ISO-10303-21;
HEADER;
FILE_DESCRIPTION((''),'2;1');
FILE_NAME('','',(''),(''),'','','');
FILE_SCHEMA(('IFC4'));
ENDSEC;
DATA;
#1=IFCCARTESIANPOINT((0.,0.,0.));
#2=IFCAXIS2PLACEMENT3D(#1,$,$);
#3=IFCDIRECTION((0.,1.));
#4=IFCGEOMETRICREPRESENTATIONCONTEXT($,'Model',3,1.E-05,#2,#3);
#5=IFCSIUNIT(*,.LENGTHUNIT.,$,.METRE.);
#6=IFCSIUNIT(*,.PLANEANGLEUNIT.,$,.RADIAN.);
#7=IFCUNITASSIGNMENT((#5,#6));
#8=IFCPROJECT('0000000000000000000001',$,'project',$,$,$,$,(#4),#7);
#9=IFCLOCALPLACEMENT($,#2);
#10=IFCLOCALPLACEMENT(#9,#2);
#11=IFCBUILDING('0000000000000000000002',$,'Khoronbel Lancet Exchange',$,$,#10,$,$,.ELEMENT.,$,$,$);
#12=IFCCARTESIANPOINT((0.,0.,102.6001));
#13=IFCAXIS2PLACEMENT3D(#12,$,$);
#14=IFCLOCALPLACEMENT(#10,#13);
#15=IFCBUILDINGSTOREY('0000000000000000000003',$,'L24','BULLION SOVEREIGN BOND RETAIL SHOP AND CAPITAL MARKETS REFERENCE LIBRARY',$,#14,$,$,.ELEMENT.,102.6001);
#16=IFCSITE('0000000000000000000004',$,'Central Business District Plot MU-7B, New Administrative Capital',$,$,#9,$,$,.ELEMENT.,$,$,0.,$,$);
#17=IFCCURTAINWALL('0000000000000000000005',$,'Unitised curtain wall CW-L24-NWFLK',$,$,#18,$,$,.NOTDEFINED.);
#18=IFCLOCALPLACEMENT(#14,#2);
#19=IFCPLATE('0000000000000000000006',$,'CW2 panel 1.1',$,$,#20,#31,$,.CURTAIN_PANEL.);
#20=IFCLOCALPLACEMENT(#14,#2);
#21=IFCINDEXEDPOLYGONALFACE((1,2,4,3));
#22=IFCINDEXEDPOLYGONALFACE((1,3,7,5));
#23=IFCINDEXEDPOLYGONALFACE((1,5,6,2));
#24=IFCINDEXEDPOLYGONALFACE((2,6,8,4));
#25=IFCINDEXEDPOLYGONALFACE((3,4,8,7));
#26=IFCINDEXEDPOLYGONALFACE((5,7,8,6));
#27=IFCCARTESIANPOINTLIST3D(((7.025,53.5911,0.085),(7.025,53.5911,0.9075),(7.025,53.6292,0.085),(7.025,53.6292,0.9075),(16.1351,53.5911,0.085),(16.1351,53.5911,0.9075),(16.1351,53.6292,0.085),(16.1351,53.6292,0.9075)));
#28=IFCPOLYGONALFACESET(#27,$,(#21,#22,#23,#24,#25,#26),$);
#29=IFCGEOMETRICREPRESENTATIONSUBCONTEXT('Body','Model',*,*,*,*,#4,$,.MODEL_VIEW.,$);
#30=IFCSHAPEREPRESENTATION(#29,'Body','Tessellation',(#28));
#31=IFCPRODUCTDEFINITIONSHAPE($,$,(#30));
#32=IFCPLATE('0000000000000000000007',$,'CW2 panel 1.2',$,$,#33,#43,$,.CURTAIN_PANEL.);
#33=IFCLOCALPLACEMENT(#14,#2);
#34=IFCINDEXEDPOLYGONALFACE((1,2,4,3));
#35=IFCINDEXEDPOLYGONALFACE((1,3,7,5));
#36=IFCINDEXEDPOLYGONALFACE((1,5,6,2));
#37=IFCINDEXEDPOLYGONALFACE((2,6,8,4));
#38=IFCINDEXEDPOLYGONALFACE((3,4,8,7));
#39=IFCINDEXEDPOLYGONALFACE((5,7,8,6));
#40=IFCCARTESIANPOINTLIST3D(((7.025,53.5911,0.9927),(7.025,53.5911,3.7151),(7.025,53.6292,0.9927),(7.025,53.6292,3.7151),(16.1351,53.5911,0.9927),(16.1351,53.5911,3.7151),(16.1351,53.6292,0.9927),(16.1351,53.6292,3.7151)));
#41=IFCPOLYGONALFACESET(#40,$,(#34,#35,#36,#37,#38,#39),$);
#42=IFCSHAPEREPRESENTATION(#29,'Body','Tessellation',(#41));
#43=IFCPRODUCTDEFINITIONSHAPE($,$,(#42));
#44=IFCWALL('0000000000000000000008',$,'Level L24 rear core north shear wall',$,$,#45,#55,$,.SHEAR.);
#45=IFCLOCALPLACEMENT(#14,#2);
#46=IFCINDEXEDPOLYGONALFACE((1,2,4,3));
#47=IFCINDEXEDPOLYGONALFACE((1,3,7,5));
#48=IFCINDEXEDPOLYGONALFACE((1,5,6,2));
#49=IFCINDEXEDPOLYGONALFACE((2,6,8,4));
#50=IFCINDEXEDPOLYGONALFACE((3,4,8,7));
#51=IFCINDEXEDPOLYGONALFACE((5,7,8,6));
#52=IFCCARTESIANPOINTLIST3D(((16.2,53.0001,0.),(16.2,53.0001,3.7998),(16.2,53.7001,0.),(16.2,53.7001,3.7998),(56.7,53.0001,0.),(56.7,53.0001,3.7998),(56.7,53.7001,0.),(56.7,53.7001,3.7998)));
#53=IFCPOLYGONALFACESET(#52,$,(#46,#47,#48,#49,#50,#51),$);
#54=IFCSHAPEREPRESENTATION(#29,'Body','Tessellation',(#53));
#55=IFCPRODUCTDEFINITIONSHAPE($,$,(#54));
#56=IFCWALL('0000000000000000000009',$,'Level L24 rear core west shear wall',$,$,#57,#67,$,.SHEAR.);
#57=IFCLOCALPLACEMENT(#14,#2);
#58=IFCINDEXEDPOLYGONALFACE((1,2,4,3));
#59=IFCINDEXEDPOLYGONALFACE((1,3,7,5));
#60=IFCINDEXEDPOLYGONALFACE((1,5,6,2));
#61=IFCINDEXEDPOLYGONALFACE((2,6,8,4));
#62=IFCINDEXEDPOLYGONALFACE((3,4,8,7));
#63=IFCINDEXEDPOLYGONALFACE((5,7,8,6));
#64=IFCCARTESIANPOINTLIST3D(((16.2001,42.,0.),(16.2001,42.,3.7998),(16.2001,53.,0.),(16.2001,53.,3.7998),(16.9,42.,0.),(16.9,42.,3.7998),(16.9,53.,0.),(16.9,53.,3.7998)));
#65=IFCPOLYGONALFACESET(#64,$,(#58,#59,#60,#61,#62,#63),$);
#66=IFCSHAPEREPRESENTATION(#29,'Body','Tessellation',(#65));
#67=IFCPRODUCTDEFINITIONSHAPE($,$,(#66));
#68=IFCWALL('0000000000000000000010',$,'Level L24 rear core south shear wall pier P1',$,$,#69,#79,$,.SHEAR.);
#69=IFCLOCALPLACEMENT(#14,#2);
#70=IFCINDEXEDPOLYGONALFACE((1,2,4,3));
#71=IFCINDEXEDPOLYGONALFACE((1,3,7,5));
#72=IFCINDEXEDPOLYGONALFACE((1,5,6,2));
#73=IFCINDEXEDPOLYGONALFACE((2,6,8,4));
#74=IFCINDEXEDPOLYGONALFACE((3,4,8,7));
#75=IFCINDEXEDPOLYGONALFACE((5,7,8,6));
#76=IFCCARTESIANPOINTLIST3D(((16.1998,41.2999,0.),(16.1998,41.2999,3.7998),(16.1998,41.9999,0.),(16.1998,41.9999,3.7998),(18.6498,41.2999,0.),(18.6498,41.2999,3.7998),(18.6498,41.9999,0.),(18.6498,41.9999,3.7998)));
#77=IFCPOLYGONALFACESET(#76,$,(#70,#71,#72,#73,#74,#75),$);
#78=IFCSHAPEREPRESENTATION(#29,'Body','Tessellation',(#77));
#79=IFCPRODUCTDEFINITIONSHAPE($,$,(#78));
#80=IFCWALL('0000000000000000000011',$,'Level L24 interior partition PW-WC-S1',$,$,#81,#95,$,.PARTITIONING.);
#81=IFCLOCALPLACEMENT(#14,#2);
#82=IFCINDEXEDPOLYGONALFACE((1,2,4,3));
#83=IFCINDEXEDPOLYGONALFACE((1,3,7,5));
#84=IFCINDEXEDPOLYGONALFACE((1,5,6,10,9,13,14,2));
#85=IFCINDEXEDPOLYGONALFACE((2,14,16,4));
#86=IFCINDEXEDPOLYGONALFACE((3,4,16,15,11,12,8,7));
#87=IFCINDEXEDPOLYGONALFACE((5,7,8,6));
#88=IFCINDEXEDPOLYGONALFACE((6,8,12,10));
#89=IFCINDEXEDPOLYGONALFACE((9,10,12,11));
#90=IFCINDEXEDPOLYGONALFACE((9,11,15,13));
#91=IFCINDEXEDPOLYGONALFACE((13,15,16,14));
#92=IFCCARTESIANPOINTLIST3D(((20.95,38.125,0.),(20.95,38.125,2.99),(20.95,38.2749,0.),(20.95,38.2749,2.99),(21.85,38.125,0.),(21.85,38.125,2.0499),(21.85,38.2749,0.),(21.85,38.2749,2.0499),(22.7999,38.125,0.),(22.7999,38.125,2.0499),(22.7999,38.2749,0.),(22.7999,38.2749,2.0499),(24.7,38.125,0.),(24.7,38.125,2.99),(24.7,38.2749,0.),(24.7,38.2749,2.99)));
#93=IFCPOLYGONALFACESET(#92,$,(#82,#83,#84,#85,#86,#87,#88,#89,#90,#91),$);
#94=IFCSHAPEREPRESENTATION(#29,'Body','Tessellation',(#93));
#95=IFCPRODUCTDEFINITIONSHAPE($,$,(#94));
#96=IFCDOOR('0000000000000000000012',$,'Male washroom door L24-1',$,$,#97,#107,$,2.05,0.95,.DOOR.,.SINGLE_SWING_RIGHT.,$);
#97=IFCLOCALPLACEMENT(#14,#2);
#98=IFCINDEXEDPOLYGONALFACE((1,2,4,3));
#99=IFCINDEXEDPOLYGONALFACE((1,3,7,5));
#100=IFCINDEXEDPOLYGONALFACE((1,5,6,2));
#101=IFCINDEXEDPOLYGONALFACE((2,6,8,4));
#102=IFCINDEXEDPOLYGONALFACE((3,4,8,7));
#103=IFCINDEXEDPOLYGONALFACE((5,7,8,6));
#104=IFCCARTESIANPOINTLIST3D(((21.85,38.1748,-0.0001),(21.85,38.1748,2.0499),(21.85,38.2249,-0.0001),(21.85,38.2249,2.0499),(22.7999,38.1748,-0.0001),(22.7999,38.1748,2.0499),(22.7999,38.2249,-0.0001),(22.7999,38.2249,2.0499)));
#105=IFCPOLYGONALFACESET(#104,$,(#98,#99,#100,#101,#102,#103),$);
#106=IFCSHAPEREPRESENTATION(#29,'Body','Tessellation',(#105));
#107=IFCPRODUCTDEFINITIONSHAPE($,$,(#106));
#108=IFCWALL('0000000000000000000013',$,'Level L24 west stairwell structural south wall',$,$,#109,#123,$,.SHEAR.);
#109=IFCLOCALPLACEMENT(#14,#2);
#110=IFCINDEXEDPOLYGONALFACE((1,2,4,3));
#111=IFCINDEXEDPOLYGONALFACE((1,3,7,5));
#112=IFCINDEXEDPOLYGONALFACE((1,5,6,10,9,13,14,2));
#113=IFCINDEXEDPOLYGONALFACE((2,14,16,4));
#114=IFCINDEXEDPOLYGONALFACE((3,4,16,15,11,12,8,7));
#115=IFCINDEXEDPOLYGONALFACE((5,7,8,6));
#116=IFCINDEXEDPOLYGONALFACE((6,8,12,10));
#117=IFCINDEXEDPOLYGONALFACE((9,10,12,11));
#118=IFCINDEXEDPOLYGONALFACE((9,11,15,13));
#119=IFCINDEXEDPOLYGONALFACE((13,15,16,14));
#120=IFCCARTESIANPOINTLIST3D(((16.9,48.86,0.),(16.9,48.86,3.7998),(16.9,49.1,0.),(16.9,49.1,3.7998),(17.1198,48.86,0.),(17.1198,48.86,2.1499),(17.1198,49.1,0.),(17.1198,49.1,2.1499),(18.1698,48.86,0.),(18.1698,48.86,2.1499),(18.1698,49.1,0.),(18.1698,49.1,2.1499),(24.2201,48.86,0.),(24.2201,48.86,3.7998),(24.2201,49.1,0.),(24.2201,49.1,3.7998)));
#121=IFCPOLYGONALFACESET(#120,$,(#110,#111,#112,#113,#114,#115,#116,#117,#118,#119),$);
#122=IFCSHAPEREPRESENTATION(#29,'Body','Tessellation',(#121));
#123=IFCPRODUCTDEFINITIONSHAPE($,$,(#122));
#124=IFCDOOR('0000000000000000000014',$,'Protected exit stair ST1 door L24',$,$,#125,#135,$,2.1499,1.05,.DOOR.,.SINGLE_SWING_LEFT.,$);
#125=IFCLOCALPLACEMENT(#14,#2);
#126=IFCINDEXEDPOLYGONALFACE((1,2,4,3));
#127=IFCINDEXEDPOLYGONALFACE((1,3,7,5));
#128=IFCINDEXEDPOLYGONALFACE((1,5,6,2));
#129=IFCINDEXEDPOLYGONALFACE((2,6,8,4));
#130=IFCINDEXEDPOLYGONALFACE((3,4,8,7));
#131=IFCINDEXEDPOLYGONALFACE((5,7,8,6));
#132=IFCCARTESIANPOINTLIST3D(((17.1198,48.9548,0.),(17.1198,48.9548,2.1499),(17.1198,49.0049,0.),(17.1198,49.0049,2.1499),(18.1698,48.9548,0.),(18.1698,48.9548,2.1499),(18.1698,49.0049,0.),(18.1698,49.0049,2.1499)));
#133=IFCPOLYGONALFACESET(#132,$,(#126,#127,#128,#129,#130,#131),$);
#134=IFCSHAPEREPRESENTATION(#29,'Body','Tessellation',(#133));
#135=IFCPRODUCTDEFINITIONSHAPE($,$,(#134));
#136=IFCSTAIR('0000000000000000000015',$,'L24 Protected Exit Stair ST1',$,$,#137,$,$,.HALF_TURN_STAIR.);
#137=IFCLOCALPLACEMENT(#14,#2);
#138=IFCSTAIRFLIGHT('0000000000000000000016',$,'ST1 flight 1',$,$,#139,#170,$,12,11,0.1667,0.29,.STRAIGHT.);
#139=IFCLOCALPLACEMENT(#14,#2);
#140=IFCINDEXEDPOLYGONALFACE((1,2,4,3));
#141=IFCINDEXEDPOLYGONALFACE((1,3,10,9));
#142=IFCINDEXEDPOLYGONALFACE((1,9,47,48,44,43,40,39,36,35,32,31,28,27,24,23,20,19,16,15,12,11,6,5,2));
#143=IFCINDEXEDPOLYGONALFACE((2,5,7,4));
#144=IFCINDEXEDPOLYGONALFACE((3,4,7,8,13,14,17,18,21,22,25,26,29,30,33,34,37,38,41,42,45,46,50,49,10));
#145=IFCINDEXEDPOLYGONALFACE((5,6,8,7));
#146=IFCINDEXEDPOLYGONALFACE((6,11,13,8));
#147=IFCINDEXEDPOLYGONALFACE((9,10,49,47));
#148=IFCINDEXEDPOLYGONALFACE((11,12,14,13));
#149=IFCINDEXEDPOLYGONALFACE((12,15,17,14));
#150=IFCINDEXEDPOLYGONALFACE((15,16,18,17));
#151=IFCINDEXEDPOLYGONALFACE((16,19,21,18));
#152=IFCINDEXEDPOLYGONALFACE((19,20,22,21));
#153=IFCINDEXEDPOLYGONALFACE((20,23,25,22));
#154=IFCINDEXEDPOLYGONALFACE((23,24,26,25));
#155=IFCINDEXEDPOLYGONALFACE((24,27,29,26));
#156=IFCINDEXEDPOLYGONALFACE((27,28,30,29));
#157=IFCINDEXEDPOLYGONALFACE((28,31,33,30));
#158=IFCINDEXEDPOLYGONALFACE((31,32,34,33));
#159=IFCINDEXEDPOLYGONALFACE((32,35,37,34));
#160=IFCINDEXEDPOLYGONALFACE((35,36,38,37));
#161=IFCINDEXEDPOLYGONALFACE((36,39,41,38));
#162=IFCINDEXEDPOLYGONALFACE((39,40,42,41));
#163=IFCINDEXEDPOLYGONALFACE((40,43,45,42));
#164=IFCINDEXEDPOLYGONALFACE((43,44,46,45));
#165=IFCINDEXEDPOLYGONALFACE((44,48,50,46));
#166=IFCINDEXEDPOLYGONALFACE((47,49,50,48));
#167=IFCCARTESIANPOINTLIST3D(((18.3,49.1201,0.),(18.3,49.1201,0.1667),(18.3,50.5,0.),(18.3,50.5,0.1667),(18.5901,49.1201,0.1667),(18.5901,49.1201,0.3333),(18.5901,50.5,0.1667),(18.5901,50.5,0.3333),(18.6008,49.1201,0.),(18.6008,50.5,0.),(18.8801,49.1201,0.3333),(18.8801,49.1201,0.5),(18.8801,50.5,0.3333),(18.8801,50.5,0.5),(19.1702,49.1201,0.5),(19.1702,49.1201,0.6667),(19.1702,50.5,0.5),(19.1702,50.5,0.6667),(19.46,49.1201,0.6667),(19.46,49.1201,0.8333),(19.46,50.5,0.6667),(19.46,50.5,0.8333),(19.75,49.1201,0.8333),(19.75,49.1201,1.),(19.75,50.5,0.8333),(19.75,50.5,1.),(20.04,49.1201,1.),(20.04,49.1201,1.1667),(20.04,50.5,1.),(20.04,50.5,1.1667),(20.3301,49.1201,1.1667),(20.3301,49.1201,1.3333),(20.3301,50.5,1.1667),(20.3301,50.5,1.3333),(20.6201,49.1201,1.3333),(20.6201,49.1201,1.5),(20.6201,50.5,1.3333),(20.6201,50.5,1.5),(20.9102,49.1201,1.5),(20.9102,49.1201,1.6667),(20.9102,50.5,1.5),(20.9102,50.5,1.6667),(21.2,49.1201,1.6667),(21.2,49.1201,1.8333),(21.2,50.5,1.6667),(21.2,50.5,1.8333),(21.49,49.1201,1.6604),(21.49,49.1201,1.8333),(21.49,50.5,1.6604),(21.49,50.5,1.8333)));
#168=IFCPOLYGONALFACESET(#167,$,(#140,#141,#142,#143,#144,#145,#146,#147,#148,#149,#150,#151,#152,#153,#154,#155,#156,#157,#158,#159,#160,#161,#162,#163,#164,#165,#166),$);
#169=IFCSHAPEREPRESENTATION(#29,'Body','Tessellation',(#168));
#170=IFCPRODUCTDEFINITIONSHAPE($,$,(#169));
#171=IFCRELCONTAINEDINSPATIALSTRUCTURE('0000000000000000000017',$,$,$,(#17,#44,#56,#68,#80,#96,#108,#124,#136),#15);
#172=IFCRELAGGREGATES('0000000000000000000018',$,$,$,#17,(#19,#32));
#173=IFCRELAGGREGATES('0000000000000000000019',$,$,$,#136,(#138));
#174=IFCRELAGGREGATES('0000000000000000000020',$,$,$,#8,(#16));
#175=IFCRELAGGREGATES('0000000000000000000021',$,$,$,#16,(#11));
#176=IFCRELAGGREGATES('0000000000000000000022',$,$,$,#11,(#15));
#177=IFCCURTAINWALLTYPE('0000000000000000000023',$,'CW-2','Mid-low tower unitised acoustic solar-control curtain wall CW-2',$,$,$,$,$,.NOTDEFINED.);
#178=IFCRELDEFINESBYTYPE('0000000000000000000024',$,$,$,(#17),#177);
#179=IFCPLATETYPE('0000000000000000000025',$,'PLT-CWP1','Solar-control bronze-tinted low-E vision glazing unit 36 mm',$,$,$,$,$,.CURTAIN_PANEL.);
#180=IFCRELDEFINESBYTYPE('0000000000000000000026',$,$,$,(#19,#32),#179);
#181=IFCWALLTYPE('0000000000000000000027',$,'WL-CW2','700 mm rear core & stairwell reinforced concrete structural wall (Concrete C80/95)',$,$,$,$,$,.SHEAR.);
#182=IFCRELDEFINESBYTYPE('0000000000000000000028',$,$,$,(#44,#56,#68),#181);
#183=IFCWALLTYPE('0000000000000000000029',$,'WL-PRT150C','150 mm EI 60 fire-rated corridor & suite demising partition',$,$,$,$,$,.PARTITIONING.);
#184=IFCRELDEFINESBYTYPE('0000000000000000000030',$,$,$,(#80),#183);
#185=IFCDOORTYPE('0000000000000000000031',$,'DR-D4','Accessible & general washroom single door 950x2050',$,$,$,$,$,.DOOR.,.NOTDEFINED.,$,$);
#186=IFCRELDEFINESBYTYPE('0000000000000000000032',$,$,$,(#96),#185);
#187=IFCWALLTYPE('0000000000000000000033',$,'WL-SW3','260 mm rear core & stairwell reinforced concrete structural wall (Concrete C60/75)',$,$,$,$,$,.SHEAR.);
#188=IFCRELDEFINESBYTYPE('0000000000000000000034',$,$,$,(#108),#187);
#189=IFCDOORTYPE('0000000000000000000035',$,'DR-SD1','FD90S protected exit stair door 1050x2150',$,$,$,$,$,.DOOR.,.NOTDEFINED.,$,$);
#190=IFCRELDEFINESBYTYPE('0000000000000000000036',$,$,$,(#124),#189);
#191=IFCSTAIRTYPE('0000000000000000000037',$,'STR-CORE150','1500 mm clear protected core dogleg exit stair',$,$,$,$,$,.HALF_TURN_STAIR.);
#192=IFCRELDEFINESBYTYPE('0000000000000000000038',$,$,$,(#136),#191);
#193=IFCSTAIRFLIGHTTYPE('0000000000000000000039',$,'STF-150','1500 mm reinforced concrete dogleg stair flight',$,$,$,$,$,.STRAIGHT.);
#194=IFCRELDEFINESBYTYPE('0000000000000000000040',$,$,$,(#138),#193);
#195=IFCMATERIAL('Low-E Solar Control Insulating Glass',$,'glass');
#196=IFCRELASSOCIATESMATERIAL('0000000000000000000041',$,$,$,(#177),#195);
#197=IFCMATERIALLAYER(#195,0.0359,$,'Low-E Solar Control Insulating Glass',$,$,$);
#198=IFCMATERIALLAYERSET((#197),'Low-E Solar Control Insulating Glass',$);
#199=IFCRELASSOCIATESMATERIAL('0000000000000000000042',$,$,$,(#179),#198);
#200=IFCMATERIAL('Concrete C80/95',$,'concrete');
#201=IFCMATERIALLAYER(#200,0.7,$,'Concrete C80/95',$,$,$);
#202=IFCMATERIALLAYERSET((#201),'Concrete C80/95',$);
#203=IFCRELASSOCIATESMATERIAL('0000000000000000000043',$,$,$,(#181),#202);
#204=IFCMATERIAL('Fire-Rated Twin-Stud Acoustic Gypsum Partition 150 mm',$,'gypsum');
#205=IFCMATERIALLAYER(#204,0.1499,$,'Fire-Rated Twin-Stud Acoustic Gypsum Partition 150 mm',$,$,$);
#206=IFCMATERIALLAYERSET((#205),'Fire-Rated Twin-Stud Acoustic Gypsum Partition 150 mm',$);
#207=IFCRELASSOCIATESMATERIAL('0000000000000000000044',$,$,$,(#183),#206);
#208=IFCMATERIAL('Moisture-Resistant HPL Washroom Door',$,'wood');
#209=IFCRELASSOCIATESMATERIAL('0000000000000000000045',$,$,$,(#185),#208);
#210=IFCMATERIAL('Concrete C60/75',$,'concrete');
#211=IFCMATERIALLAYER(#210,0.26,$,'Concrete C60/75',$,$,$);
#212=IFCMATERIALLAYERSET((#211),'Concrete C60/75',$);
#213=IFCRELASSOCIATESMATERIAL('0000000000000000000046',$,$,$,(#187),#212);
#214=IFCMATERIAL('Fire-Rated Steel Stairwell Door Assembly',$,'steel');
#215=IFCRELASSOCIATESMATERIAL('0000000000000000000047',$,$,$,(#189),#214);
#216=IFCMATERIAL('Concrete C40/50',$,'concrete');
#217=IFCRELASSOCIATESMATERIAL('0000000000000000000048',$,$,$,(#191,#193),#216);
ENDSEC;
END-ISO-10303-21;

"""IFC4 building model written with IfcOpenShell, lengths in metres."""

from ifc_helpers import new_model, si_unit, direction, frame, frame_2d, origin, origin_2d, place, context, subcontext, project, spatial, polyline, rectangle, outline, extrude, material, layer, layer_set, type_object, element, fill, aggregate, save


model = new_model("IFC4")

# Units and contexts
model_context = context("Model", 3, precision=1e-05, world=origin(), true_north=direction((0.0, 1.0)))
body_context = subcontext(model_context, "Body", "Model", "MODEL_VIEW")
ifc_project = project(units=[si_unit("LENGTHUNIT", "METRE"), si_unit("PLANEANGLEUNIT", "RADIAN")], contexts=[model_context])

# Site, building, storey
site_placement = place(None, origin())
site = spatial("IfcSite", under=ifc_project, at=site_placement, Name="Central Business District Plot MU-7B, New Administrative Capital", CompositionType="ELEMENT", RefElevation=0.0)
building_placement = place(site_placement, origin())
building = spatial("IfcBuilding", under=site, at=building_placement, Name="Khoronbel Lancet Exchange", CompositionType="ELEMENT")
storey_placement = place(building_placement, frame((0.0, 0.0, 102.6001)))
storey = spatial("IfcBuildingStorey", under=building, at=storey_placement, Name="L24", Description="BULLION SOVEREIGN BOND RETAIL SHOP AND CAPITAL MARKETS REFERENCE LIBRARY", CompositionType="ELEMENT", Elevation=102.6001)

# Shared definitions
ifc_material_1 = material(Name="Concrete C80/95", Category="concrete")

# Curtain wall, plates
ifc_material_2 = material(Name="Low-E Solar Control Insulating Glass", Category="glass")
curtain_wall_type = type_object("IfcCurtainWallType", Name="CW-2", Description="Mid-low tower unitised acoustic solar-control curtain wall CW-2", PredefinedType="NOTDEFINED", material=ifc_material_2)
curtain_wall_placement = place(storey_placement, origin())
curtain_wall = element("IfcCurtainWall", 1, at=curtain_wall_placement, inside=storey, type_object=curtain_wall_type, Name="Unitised curtain wall CW-L24-NWFLK", PredefinedType="NOTDEFINED")
ifc_layer_1 = layer(ifc_material_2, 0.0359, Name="Low-E Solar Control Insulating Glass")
ifc_layer_set_1 = layer_set([ifc_layer_1], Name="Low-E Solar Control Insulating Glass")
plate_type_1 = type_object("IfcPlateType", Name="PLT-CWP1", Description="Solar-control bronze-tinted low-E vision glazing unit 36 mm", PredefinedType="CURTAIN_PANEL", material=ifc_layer_set_1)
plate_1_placement = place(storey_placement, frame((11.5801, 53.6101, 0.085), z_axis=(0.0, 0.0, 1.0), x_axis=(-1.0, 0.0, 0.0)))
plate_1 = element("IfcPlate", 2, at=plate_1_placement, type_object=plate_type_1, Name="CW2 panel 1.1", PredefinedType="CURTAIN_PANEL", context=body_context, shape_type="SweptSolid", body=[
    extrude(rectangle(XDim=9.1101, YDim=0.0381, at=origin_2d()), origin(), (0.0, 0.0, 1.0), 0.8225),
])
plate_2_placement = place(storey_placement, frame((11.5801, 53.6101, 0.9927), z_axis=(0.0, 0.0, 1.0), x_axis=(-1.0, 0.0, 0.0)))
plate_2 = element("IfcPlate", 3, at=plate_2_placement, type_object=plate_type_1, Name="CW2 panel 1.2", PredefinedType="CURTAIN_PANEL", context=body_context, shape_type="SweptSolid", body=[
    extrude(rectangle(XDim=9.1101, YDim=0.0381, at=origin_2d()), origin(), (0.0, 0.0, 1.0), 2.7224),
])
aggregate(curtain_wall, [plate_1, plate_2])

# Walls
ifc_layer_2 = layer(ifc_material_1, 0.7, Name="Concrete C80/95")
ifc_layer_set_2 = layer_set([ifc_layer_2], Name="Concrete C80/95")
wall_type_1 = type_object("IfcWallType", Name="WL-CW2", Description="700 mm rear core & stairwell reinforced concrete structural wall (Concrete C80/95)", PredefinedType="SHEAR", material=ifc_layer_set_2)
wall_1_placement = place(storey_placement, frame((16.2, 53.3501, 0.0), z_axis=(0.0, 0.0, 1.0), x_axis=(1.0, 0.0, 0.0)))
element("IfcWall", 4, at=wall_1_placement, inside=storey, type_object=wall_type_1, Name="Level L24 rear core north shear wall", PredefinedType="SHEAR", context=body_context, shape_type="SweptSolid", body=[
    extrude(rectangle(XDim=40.5, YDim=0.7, at=frame_2d((20.25, 0.0))), origin(), (0.0, 0.0, 1.0), 3.7998),
])
wall_2_placement = place(storey_placement, frame((16.55, 42.0, 0.0), z_axis=(0.0, 0.0, 1.0), x_axis=(0.0, 1.0, 0.0)))
element("IfcWall", 5, at=wall_2_placement, inside=storey, type_object=wall_type_1, Name="Level L24 rear core west shear wall", PredefinedType="SHEAR", context=body_context, shape_type="SweptSolid", body=[
    extrude(rectangle(XDim=11.0, YDim=0.7, at=frame_2d((5.5, 0.0))), origin(), (0.0, 0.0, 1.0), 3.7998),
])
wall_3_placement = place(storey_placement, frame((18.6499, 41.6499, 0.0), z_axis=(0.0, 0.0, 1.0), x_axis=(-1.0, 0.0, 0.0)))
element("IfcWall", 6, at=wall_3_placement, inside=storey, type_object=wall_type_1, Name="Level L24 rear core south shear wall pier P1", PredefinedType="SHEAR", context=body_context, shape_type="SweptSolid", body=[
    extrude(rectangle(XDim=2.45, YDim=0.7, at=frame_2d((1.2251, 0.0))), origin(), (0.0, 0.0, 1.0), 3.7998),
])

# Walls, openings, doors
ifc_material_3 = material(Name="Fire-Rated Twin-Stud Acoustic Gypsum Partition 150 mm", Category="gypsum")
ifc_layer_3 = layer(ifc_material_3, 0.1499, Name="Fire-Rated Twin-Stud Acoustic Gypsum Partition 150 mm")
ifc_layer_set_3 = layer_set([ifc_layer_3], Name="Fire-Rated Twin-Stud Acoustic Gypsum Partition 150 mm")
wall_type_2 = type_object("IfcWallType", Name="WL-PRT150C", Description="150 mm EI 60 fire-rated corridor & suite demising partition", PredefinedType="PARTITIONING", material=ifc_layer_set_3)
wall_4_placement = place(storey_placement, frame((20.95, 38.2, 0.0), z_axis=(0.0, 0.0, 1.0), x_axis=(1.0, 0.0, 0.0)))
wall_4 = element("IfcWall", 7, at=wall_4_placement, inside=storey, type_object=wall_type_2, Name="Level L24 interior partition PW-WC-S1", PredefinedType="PARTITIONING", context=body_context, shape_type="SweptSolid", body=[
    extrude(rectangle(XDim=3.75, YDim=0.1499, at=frame_2d((1.875, 0.0))), origin(), (0.0, 0.0, 1.0), 2.99),
])
opening_1_placement = place(wall_4_placement, frame((0.8999, 0.0, 0.0)))
opening_1 = element("IfcOpeningElement", 8, at=opening_1_placement, cuts=wall_4, PredefinedType="OPENING", context=body_context, shape_type="SweptSolid", body=[
    extrude(rectangle(XDim=0.95, YDim=2.05, at=frame_2d((0.4751, 1.0249))), frame((0.0, 0.085, 0.0), z_axis=(0.0, -1.0, 0.0), x_axis=(1.0, 0.0, 0.0)), (0.0, 0.0, 1.0), 0.1699),
])
ifc_material_4 = material(Name="Moisture-Resistant HPL Washroom Door", Category="wood")
door_type_1 = type_object("IfcDoorType", Name="DR-D4", Description="Accessible & general washroom single door 950x2050", OperationType="NOTDEFINED", PredefinedType="DOOR", material=ifc_material_4)
door_1_placement = place(opening_1_placement, origin())
door_1 = element("IfcDoor", 9, at=door_1_placement, inside=storey, type_object=door_type_1, Name="Male washroom door L24-1", OperationType="SINGLE_SWING_RIGHT", OverallHeight=2.05, OverallWidth=0.95, PredefinedType="DOOR", context=body_context, shape_type="SweptSolid", body=[
    extrude(rectangle(XDim=0.95, YDim=2.05, at=frame_2d((0.4751, 1.0249))), frame((0.0, 0.0249, 0.0), z_axis=(0.0, -1.0, 0.0), x_axis=(1.0, 0.0, 0.0)), (0.0, 0.0, 1.0), 0.05),
])
fill(opening_1, door_1)
ifc_material_5 = material(Name="Concrete C60/75", Category="concrete")
ifc_layer_4 = layer(ifc_material_5, 0.26, Name="Concrete C60/75")
ifc_layer_set_4 = layer_set([ifc_layer_4], Name="Concrete C60/75")
wall_type_3 = type_object("IfcWallType", Name="WL-SW3", Description="260 mm rear core & stairwell reinforced concrete structural wall (Concrete C60/75)", PredefinedType="SHEAR", material=ifc_layer_set_4)
wall_5_placement = place(storey_placement, frame((16.8999, 48.98, 0.0), z_axis=(0.0, 0.0, 1.0), x_axis=(1.0, 0.0, 0.0)))
wall_5 = element("IfcWall", 10, at=wall_5_placement, inside=storey, type_object=wall_type_3, Name="Level L24 west stairwell structural south wall", PredefinedType="SHEAR", context=body_context, shape_type="SweptSolid", body=[
    extrude(rectangle(XDim=7.3201, YDim=0.24, at=frame_2d((3.6602, 0.0))), origin(), (0.0, 0.0, 1.0), 3.7998),
])
opening_2_placement = place(wall_5_placement, frame((0.22, 0.0, 0.0)))
opening_2 = element("IfcOpeningElement", 11, at=opening_2_placement, cuts=wall_5, PredefinedType="OPENING", context=body_context, shape_type="SweptSolid", body=[
    extrude(rectangle(XDim=1.05, YDim=2.1499, at=frame_2d((0.5249, 1.075))), frame((0.0, 0.1299, 0.0), z_axis=(0.0, -1.0, 0.0), x_axis=(1.0, 0.0, 0.0)), (0.0, 0.0, 1.0), 0.26),
])
ifc_material_6 = material(Name="Fire-Rated Steel Stairwell Door Assembly", Category="steel")
door_type_2 = type_object("IfcDoorType", Name="DR-SD1", Description="FD90S protected exit stair door 1050x2150", OperationType="NOTDEFINED", PredefinedType="DOOR", material=ifc_material_6)
door_2_placement = place(opening_2_placement, origin())
door_2 = element("IfcDoor", 12, at=door_2_placement, inside=storey, type_object=door_type_2, Name="Protected exit stair ST1 door L24", OperationType="SINGLE_SWING_LEFT", OverallHeight=2.1499, OverallWidth=1.05, PredefinedType="DOOR", context=body_context, shape_type="SweptSolid", body=[
    extrude(rectangle(XDim=1.05, YDim=2.1499, at=frame_2d((0.5249, 1.075))), frame((0.0, 0.0249, 0.0), z_axis=(0.0, -1.0, 0.0), x_axis=(1.0, 0.0, 0.0)), (0.0, 0.0, 1.0), 0.05),
])
fill(opening_2, door_2)

# Stair, stair flight
ifc_material_7 = material(Name="Concrete C40/50", Category="concrete")
stair_type = type_object("IfcStairType", Name="STR-CORE150", Description="1500 mm clear protected core dogleg exit stair", PredefinedType="HALF_TURN_STAIR", material=ifc_material_7)
stair_placement = place(storey_placement, origin())
stair = element("IfcStair", 13, at=stair_placement, inside=storey, type_object=stair_type, Name="L24 Protected Exit Stair ST1", PredefinedType="HALF_TURN_STAIR")
stair_flight_type = type_object("IfcStairFlightType", Name="STF-150", Description="1500 mm reinforced concrete dogleg stair flight", PredefinedType="STRAIGHT", material=ifc_material_7)
stair_flight_placement = place(storey_placement, frame((18.3, 49.8101, 0.0), z_axis=(0.0, 0.0, 1.0), x_axis=(1.0, 0.0, 0.0)))
stair_flight = element("IfcStairFlight", 14, at=stair_flight_placement, type_object=stair_flight_type, Name="ST1 flight 1", NumberOfRisers=12, NumberOfTreads=11, PredefinedType="STRAIGHT", RiserHeight=0.1667, TreadLength=0.29, context=body_context, shape_type="SweptSolid", body=[
    extrude(outline(polyline([(0.0, 0.0), (0.0, 0.1667), (0.29, 0.1667), (0.29, 0.3333), (0.5801, 0.3333), (0.5801, 0.5), (0.8701, 0.5), (0.8701, 0.6667), (1.1599, 0.6667), (1.1599, 0.8333), (1.45, 0.8333), (1.45, 1.0), (1.74, 1.0), (1.74, 1.1667), (2.03, 1.1667), (2.03, 1.3333), (2.3201, 1.3333), (2.3201, 1.5), (2.6101, 1.5), (2.6101, 1.6667), (2.8999, 1.6667), (2.8999, 1.8333), (3.1899, 1.8333), (3.1899, 2.0), (3.1899, 1.6604), (0.3008, 0.0), (0.0, 0.0)])), frame((0.0, 0.6899, 0.0), z_axis=(0.0, -1.0, 0.0), x_axis=(1.0, 0.0, 0.0)), (0.0, 0.0, 1.0), 1.3799),
])
aggregate(stair, [stair_flight])

save(model, "model.ifc")
